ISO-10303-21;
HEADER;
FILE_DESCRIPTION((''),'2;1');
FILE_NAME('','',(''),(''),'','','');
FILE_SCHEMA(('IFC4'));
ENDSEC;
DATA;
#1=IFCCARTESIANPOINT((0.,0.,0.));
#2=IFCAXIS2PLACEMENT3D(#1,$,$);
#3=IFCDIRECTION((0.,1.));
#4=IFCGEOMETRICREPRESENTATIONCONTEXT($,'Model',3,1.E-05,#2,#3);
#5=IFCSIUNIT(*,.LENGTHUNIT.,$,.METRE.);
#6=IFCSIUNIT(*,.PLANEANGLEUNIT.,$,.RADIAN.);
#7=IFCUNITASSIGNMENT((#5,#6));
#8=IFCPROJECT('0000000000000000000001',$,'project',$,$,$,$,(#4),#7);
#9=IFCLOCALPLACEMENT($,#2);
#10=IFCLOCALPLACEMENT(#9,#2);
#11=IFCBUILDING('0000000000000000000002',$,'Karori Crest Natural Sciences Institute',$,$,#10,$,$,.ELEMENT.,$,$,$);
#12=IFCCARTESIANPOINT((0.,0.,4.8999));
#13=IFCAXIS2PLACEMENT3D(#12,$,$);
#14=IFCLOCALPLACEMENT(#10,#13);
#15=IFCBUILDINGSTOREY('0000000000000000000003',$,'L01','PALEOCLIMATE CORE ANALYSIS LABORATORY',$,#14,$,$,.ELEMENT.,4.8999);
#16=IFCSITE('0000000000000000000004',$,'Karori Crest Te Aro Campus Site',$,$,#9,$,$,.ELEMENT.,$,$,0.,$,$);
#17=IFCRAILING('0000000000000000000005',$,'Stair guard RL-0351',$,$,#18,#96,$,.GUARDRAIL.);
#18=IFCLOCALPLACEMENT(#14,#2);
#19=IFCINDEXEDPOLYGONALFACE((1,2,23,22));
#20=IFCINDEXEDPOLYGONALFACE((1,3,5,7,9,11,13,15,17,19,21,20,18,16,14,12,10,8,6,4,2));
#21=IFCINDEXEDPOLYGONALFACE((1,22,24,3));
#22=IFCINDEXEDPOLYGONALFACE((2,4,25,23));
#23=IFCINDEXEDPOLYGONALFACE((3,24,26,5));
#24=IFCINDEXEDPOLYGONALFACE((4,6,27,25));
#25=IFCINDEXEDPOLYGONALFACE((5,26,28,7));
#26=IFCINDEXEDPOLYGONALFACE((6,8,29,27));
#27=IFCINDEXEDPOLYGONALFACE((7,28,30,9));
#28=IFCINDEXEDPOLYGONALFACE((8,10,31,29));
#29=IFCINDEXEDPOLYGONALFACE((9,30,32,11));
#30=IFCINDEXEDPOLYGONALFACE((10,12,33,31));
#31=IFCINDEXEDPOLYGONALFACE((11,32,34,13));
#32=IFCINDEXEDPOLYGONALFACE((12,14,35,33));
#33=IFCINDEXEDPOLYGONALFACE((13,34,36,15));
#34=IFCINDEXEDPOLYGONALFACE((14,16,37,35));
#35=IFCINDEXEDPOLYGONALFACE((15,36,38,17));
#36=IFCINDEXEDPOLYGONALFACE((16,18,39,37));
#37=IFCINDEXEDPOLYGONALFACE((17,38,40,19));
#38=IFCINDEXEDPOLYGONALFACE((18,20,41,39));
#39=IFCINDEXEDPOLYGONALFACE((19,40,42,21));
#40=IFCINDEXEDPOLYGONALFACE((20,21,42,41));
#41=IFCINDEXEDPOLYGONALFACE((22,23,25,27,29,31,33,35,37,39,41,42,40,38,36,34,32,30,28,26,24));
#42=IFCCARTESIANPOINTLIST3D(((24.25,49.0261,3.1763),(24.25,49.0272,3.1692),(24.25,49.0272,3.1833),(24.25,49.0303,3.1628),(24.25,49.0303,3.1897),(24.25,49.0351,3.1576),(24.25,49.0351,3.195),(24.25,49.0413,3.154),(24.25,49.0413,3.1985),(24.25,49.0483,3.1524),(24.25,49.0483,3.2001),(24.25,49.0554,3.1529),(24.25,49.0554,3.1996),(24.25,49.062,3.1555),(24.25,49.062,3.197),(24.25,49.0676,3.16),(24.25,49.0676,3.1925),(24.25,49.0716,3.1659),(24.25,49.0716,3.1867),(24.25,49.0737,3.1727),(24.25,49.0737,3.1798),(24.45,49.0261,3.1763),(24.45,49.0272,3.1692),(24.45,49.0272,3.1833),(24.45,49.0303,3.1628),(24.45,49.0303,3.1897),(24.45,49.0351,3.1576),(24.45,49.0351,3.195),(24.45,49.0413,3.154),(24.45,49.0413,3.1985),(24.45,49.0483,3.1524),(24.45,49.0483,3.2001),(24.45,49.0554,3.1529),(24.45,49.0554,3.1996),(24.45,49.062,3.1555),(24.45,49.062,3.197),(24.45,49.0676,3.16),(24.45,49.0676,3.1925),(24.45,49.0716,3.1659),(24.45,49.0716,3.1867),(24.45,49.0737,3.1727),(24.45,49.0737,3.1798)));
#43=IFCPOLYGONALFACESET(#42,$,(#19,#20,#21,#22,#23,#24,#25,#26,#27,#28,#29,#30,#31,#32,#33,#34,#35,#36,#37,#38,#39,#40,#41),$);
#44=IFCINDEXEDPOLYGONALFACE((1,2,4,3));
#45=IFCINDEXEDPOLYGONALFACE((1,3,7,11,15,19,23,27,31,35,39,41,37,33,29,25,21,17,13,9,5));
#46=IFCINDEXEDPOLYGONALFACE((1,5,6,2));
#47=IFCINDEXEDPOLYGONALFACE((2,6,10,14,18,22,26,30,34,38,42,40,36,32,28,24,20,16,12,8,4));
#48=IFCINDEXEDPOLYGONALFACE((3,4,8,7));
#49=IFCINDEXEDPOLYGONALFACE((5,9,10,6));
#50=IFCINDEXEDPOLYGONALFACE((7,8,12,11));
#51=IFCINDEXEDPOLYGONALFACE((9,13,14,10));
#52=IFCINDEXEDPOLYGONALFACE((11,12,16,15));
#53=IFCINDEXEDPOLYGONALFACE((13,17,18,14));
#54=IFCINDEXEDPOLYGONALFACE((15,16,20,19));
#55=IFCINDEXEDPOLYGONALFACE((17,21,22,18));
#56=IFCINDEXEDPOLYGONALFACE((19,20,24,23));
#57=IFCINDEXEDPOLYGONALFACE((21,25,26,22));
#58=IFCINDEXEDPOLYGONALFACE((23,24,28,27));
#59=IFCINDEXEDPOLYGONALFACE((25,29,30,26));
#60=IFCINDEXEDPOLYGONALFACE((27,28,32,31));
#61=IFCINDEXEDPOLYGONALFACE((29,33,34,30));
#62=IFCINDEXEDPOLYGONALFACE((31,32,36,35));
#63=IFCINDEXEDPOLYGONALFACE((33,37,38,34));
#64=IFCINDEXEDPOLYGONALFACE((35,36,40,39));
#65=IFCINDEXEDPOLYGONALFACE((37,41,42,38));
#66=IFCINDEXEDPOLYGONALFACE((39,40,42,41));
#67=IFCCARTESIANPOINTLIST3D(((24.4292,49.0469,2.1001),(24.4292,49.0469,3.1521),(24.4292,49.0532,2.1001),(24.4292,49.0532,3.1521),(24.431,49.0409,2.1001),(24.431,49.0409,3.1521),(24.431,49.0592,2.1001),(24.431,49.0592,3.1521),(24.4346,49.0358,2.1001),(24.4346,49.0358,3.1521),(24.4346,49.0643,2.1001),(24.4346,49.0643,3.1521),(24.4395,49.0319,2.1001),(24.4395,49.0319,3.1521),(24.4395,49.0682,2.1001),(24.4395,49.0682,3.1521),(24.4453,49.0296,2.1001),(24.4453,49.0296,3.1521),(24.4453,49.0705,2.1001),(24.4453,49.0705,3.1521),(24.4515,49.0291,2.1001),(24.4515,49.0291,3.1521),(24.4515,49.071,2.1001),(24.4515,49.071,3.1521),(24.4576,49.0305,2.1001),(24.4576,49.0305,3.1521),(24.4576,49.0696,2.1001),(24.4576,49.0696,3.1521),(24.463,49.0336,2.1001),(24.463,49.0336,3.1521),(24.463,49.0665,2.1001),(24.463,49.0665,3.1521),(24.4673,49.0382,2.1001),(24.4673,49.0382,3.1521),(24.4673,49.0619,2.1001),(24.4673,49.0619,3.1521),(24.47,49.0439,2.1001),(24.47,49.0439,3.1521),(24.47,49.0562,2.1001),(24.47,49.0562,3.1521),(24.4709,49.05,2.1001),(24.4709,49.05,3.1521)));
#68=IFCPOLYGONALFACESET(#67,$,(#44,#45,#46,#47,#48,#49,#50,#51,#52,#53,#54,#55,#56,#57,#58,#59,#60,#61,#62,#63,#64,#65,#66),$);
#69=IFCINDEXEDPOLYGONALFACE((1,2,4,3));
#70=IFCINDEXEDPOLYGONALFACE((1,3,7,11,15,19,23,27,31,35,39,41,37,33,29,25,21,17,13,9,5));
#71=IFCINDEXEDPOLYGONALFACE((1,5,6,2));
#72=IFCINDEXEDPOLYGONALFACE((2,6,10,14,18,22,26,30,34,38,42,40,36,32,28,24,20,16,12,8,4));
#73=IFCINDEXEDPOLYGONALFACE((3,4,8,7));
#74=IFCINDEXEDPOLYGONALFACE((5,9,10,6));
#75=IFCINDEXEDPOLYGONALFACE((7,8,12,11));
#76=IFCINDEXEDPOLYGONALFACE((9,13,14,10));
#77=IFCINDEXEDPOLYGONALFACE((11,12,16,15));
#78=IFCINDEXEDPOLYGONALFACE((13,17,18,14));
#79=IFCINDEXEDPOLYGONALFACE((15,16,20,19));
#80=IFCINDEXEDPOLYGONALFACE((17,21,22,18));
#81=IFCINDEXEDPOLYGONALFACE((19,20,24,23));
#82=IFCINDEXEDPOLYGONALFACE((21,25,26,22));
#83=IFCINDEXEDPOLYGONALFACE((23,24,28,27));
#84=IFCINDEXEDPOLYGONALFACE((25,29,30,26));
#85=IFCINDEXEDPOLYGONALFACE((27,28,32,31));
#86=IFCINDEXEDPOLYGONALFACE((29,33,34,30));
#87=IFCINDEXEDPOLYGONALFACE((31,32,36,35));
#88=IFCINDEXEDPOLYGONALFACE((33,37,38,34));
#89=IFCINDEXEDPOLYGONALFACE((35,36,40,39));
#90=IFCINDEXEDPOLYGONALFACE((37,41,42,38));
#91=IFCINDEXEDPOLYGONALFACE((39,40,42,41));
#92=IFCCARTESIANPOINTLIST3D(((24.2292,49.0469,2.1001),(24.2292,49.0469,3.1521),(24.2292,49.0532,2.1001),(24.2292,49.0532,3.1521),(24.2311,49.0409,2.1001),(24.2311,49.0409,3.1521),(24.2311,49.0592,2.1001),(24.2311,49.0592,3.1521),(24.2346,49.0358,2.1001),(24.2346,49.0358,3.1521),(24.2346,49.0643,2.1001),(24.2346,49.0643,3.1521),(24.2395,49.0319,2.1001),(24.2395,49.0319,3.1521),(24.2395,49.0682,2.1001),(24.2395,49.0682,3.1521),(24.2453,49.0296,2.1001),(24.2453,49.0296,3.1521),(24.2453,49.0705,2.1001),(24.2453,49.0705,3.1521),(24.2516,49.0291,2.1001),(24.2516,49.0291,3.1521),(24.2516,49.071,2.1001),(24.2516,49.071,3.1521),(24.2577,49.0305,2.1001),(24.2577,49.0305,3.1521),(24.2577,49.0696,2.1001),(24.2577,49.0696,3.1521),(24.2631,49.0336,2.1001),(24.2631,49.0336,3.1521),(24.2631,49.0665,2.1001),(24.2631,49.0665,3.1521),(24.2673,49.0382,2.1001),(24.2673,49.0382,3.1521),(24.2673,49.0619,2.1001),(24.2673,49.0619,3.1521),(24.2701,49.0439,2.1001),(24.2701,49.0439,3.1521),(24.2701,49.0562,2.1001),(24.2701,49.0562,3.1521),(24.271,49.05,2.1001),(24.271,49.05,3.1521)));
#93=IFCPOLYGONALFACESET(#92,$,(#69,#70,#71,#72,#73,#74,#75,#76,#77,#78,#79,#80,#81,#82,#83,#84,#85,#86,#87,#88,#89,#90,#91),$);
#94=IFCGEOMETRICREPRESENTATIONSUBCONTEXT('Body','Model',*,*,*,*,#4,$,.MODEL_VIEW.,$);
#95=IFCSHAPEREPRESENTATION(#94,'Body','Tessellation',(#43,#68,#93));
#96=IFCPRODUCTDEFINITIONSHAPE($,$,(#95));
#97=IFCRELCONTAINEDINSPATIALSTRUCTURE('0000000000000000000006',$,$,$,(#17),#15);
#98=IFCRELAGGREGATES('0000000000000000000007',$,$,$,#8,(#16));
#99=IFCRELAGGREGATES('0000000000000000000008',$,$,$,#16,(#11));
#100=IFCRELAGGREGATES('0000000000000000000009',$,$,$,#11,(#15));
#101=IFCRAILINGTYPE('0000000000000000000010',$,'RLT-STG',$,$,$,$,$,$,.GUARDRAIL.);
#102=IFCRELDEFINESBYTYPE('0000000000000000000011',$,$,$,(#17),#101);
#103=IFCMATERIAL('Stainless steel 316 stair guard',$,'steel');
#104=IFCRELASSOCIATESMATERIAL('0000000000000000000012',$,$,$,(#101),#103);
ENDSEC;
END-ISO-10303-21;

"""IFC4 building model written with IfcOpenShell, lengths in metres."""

from ifc_helpers import new_model, si_unit, direction, frame, origin, origin_2d, place, context, subcontext, project, spatial, circle, extrude, material, type_object, element, save


model = new_model("IFC4")

# Units and contexts
model_context = context("Model", 3, precision=1e-05, world=origin(), true_north=direction((0.0, 1.0)))
body_context = subcontext(model_context, "Body", "Model", "MODEL_VIEW")
ifc_project = project(units=[si_unit("LENGTHUNIT", "METRE"), si_unit("PLANEANGLEUNIT", "RADIAN")], contexts=[model_context])

# Site, building, storey
site_placement = place(None, origin())
site = spatial("IfcSite", under=ifc_project, at=site_placement, Name="Karori Crest Te Aro Campus Site", CompositionType="ELEMENT", RefElevation=0.0)
building_placement = place(site_placement, origin())
building = spatial("IfcBuilding", under=site, at=building_placement, Name="Karori Crest Natural Sciences Institute", CompositionType="ELEMENT")
storey_placement = place(building_placement, frame((0.0, 0.0, 4.8999)))
storey = spatial("IfcBuildingStorey", under=building, at=storey_placement, Name="L01", Description="PALEOCLIMATE CORE ANALYSIS LABORATORY", CompositionType="ELEMENT", Elevation=4.8999)

# Railing
ifc_material_1 = material(Name="Stainless steel 316 stair guard", Category="steel")
railing_type_1 = type_object("IfcRailingType", Name="RLT-STG", PredefinedType="GUARDRAIL", material=ifc_material_1)
railing_1_placement = place(storey_placement, frame((24.45, 49.05, 2.1001)))
element("IfcRailing", 1, at=railing_1_placement, inside=storey, type_object=railing_type_1, Name="Stair guard RL-0351", PredefinedType="GUARDRAIL", context=body_context, shape_type="SweptSolid", body=[
    extrude(circle(Radius=0.0239, at=origin_2d()), frame((0.0, 0.0, 1.0762), z_axis=(-1.0, 0.0, 0.0), x_axis=(0.0, -1.0, 0.0)), (0.0, 0.0, 1.0), 0.2),
    extrude(circle(Radius=0.021, at=origin_2d()), origin(), (0.0, 0.0, 1.0), 1.052),
    extrude(circle(Radius=0.021, at=origin_2d()), frame((-0.2, 0.0, 0.0)), (0.0, 0.0, 1.0), 1.052),
])

save(model, "model.ifc")
